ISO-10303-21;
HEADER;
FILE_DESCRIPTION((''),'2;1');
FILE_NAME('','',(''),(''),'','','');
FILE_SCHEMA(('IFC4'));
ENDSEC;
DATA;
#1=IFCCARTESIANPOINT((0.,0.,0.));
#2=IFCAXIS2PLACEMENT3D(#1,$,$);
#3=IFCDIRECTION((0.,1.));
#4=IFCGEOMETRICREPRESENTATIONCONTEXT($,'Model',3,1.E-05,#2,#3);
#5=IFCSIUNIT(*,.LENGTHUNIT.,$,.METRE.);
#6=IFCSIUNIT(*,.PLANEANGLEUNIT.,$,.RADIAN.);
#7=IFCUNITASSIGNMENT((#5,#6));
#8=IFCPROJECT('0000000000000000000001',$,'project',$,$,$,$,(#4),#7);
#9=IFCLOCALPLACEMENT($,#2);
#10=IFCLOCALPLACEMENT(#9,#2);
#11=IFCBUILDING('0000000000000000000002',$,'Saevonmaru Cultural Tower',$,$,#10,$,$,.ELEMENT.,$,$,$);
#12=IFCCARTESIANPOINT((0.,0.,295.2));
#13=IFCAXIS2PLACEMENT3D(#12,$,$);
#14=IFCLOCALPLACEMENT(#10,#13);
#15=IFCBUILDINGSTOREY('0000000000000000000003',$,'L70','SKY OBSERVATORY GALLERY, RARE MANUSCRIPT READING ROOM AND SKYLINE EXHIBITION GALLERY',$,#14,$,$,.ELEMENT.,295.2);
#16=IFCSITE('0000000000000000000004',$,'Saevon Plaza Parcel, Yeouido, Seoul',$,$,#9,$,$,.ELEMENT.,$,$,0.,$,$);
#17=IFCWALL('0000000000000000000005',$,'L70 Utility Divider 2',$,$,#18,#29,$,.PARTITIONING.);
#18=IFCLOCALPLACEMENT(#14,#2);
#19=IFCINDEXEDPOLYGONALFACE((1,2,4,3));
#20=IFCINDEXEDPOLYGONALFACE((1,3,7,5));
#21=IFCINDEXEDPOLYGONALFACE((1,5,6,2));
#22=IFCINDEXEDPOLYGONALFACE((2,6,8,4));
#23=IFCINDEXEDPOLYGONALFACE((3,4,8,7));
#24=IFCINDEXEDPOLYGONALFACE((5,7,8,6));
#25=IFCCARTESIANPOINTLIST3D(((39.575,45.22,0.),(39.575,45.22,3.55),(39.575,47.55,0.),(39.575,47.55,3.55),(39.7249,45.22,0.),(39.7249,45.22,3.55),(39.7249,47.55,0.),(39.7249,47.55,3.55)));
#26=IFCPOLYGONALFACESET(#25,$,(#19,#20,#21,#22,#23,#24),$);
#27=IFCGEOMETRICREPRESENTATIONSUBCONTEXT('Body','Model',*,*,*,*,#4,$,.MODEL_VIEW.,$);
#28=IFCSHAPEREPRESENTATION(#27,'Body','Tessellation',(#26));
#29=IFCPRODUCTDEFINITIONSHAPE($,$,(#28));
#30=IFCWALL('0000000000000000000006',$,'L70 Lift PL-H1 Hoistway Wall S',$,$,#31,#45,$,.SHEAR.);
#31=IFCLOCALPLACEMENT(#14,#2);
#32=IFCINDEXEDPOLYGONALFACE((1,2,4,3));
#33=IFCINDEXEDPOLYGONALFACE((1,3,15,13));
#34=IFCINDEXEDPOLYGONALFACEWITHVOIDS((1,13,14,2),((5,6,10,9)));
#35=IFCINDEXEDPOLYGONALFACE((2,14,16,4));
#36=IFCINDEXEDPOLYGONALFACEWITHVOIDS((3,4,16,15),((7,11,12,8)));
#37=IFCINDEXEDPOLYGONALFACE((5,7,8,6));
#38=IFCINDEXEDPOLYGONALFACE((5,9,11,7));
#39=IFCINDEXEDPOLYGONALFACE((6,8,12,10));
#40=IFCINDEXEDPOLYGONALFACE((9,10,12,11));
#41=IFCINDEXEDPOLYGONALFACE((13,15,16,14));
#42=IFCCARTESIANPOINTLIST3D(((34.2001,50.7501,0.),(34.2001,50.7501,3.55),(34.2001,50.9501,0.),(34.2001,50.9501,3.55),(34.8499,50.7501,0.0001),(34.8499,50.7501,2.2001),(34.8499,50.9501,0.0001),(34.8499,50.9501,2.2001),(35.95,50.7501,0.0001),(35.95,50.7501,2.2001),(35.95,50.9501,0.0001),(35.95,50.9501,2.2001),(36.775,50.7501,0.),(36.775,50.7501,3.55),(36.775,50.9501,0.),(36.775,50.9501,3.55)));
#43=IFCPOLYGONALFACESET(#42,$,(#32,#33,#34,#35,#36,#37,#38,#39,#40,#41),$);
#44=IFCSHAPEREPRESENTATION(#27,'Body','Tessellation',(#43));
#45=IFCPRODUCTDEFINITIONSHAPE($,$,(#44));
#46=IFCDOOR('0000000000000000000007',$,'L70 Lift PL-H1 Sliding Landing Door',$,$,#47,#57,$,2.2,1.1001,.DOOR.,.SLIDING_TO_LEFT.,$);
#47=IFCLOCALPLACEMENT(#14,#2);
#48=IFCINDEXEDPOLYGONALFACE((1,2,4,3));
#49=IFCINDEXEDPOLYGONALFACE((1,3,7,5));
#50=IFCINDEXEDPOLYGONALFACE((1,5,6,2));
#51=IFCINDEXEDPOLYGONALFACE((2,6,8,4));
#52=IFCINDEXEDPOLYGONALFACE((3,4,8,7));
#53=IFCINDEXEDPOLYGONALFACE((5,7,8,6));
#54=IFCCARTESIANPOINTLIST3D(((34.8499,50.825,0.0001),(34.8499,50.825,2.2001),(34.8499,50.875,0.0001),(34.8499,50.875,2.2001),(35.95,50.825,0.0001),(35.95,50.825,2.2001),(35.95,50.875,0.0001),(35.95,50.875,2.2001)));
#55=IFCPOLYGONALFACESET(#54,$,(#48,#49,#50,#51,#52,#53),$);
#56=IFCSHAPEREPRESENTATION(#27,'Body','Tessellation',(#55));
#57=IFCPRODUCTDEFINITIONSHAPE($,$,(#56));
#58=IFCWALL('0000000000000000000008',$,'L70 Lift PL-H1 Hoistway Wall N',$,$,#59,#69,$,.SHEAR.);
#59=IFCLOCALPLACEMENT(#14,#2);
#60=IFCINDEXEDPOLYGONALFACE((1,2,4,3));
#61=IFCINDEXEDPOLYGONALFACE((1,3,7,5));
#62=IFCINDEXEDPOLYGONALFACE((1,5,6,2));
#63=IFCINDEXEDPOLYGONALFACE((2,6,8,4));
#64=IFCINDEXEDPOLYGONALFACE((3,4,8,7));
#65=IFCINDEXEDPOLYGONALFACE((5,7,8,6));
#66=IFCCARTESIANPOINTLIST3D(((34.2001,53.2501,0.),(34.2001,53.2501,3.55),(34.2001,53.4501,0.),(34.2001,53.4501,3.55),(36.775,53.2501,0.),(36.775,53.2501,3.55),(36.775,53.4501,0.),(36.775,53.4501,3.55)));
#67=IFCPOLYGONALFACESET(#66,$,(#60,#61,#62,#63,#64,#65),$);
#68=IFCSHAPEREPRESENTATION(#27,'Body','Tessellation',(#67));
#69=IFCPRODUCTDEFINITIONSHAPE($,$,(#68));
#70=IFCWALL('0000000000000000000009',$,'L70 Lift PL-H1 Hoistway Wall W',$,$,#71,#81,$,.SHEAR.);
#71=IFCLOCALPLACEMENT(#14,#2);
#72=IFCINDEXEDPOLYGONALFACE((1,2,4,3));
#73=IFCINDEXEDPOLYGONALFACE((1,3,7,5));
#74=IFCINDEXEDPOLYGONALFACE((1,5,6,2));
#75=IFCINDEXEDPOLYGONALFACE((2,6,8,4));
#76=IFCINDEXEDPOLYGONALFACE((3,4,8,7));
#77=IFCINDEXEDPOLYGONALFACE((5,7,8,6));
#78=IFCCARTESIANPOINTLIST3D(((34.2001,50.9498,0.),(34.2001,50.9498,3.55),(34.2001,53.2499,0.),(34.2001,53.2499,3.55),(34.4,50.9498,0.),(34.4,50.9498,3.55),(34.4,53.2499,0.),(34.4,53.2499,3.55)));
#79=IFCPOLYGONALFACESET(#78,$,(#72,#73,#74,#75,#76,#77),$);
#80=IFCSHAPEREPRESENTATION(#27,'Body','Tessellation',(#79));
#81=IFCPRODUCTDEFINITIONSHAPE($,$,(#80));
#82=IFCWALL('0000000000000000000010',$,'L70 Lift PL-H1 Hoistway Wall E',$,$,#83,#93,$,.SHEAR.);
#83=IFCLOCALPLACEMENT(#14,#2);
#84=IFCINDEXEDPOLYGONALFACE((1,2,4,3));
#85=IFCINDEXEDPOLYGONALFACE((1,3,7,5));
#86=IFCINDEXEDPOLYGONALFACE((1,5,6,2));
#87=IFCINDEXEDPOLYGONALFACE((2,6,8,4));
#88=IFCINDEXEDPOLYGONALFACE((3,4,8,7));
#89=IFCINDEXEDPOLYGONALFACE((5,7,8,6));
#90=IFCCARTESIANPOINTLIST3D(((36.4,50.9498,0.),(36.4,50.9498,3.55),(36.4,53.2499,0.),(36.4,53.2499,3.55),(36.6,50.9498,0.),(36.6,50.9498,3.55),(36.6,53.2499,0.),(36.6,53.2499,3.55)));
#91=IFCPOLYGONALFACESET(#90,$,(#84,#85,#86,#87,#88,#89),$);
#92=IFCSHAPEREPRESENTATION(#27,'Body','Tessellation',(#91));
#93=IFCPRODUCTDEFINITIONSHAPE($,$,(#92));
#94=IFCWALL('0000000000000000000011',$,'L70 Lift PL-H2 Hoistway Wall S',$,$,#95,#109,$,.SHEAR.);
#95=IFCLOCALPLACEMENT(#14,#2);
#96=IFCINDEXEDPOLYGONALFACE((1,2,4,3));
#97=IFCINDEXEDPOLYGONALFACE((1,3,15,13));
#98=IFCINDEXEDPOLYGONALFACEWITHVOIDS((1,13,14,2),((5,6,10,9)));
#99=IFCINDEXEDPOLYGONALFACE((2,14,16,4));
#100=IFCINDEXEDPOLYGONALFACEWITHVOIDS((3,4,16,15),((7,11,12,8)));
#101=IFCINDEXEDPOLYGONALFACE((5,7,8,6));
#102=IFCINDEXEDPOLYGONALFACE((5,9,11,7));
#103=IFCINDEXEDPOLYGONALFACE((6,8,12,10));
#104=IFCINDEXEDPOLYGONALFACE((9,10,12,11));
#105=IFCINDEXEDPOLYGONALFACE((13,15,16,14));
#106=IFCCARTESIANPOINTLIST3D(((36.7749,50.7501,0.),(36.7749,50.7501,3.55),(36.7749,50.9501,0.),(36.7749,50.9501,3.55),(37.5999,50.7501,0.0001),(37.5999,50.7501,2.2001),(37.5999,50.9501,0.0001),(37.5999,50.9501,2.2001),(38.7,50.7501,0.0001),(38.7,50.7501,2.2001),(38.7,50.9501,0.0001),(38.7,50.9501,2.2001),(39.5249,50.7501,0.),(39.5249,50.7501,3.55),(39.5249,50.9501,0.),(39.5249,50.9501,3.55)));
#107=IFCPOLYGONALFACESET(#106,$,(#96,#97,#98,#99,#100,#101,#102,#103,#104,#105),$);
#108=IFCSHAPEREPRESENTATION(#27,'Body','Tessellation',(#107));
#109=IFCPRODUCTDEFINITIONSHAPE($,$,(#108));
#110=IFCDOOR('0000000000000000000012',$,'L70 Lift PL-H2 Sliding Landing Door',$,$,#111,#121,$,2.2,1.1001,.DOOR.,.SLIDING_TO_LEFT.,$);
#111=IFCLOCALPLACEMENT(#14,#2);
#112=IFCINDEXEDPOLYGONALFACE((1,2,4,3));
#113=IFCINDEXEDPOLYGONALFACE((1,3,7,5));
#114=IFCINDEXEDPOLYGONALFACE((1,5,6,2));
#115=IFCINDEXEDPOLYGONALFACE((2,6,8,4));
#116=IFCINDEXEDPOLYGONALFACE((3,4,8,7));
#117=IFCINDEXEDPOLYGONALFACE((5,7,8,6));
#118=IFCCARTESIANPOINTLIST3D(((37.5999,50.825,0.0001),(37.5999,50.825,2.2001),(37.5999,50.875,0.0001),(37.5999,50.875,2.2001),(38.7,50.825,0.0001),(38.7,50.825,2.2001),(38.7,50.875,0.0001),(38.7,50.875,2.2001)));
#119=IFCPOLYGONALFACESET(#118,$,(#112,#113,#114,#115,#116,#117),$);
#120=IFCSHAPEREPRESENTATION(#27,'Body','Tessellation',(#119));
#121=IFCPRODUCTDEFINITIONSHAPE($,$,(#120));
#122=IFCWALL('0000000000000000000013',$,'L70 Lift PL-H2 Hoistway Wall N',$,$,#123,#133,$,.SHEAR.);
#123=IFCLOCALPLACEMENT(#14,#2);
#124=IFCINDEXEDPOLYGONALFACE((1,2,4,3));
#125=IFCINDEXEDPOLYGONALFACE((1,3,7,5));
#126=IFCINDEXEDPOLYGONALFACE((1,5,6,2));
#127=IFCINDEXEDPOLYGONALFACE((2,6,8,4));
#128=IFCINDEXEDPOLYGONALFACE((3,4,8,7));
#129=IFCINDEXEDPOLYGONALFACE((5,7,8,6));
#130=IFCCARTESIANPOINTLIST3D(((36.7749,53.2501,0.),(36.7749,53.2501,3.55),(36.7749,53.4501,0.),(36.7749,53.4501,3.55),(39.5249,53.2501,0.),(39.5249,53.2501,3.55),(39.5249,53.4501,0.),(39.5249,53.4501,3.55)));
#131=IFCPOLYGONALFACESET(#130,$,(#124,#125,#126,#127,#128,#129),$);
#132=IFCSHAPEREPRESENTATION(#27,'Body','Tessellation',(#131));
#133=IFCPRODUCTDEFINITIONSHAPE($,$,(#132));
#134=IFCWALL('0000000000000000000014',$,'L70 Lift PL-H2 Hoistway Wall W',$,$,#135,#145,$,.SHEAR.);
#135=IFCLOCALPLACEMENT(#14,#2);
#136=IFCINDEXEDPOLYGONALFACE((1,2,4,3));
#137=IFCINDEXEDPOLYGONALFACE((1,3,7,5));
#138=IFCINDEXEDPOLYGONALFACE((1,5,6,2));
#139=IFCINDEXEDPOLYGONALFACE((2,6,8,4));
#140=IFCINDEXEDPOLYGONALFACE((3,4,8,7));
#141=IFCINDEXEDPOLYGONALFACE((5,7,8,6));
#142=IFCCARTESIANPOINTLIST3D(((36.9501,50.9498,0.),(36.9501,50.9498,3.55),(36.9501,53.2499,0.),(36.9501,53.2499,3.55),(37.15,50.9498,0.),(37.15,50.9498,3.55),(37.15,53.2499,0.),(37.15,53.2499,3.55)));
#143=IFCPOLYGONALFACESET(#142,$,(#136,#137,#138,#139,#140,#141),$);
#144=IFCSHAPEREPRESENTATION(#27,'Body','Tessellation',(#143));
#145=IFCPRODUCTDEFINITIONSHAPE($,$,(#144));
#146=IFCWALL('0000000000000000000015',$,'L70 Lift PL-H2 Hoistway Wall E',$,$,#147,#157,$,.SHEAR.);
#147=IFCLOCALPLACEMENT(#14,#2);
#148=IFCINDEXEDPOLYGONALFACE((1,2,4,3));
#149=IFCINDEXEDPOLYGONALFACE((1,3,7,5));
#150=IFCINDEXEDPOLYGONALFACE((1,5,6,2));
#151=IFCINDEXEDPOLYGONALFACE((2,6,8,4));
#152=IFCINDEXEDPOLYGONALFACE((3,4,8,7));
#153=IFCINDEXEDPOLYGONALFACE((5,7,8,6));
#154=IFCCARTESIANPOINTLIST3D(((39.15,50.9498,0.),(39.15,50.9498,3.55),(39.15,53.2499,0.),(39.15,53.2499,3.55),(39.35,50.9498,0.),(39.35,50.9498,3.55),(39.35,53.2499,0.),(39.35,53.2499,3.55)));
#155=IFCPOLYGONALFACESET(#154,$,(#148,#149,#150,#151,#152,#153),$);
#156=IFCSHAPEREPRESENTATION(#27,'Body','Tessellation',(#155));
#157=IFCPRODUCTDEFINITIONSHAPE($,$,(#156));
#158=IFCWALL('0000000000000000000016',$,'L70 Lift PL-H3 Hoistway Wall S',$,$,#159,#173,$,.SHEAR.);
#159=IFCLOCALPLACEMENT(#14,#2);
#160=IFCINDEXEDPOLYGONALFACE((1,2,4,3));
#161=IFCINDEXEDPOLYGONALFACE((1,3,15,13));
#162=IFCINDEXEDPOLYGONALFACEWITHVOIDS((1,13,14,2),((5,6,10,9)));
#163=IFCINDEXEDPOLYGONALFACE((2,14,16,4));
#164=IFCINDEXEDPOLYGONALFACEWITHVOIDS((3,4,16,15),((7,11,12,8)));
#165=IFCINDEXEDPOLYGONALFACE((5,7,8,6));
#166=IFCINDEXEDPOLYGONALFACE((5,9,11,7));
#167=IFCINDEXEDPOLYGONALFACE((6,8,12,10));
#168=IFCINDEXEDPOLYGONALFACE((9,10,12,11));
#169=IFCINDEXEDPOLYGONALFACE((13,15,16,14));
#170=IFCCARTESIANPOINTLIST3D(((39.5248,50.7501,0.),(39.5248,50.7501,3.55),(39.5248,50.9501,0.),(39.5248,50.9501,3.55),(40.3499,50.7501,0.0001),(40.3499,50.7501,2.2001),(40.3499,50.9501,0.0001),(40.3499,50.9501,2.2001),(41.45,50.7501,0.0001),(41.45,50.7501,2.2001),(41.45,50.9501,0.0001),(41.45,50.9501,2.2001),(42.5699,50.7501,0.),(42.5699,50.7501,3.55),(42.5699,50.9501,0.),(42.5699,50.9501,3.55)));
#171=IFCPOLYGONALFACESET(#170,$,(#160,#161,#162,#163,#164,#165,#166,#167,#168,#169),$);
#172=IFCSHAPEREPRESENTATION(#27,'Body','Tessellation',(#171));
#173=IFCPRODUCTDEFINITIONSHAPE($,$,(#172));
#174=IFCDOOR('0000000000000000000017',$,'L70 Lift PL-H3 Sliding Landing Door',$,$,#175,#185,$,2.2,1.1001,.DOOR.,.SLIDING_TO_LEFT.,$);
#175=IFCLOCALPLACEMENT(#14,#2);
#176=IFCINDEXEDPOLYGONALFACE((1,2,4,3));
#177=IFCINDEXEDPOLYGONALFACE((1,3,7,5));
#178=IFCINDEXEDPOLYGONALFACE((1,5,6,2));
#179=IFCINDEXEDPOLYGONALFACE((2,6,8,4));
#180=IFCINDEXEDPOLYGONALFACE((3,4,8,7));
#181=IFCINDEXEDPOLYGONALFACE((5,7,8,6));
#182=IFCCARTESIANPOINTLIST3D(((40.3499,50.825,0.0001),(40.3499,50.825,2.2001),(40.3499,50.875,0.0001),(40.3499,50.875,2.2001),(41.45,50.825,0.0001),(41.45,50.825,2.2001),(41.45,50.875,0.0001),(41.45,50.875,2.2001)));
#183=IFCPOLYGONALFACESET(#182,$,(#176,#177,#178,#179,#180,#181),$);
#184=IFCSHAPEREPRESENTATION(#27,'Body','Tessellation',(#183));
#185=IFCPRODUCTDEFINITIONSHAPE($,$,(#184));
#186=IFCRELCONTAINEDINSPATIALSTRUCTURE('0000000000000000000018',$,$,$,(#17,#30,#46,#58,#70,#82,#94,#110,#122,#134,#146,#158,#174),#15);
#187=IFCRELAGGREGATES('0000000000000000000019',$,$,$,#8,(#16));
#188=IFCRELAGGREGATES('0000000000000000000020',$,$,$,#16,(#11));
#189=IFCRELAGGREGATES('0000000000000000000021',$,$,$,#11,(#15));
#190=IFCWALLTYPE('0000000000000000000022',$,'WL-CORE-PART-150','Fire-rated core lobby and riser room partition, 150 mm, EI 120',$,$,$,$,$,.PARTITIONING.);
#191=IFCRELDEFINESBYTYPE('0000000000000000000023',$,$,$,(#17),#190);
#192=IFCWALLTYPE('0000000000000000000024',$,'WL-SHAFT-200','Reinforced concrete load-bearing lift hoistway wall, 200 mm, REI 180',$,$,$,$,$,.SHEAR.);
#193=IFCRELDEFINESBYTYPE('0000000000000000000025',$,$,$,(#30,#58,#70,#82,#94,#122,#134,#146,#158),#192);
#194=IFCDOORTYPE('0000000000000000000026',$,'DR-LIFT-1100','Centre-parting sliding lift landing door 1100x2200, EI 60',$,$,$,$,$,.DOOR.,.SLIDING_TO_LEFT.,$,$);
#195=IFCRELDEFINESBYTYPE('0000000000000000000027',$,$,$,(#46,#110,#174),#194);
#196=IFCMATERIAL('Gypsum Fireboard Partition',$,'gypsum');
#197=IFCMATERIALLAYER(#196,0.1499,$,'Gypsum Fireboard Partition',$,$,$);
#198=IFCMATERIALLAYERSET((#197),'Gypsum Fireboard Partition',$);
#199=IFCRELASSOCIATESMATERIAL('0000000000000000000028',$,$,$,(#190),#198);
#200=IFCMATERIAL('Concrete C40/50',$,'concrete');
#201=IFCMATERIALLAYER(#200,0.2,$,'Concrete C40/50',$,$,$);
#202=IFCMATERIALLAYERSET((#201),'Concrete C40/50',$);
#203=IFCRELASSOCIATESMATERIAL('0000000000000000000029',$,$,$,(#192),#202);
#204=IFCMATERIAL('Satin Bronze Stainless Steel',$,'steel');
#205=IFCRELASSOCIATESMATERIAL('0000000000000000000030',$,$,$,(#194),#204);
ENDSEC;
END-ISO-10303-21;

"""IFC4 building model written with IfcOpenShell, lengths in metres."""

from ifc_helpers import new_model, si_unit, direction, frame, frame_2d, origin, place, context, subcontext, project, spatial, rectangle, extrude, material, layer, layer_set, type_object, element, fill, save


model = new_model("IFC4")

# Units and contexts
model_context = context("Model", 3, precision=1e-05, world=origin(), true_north=direction((0.0, 1.0)))
body_context = subcontext(model_context, "Body", "Model", "MODEL_VIEW")
ifc_project = project(units=[si_unit("LENGTHUNIT", "METRE"), si_unit("PLANEANGLEUNIT", "RADIAN")], contexts=[model_context])

# Site, building, storey
site_placement = place(None, origin())
site = spatial("IfcSite", under=ifc_project, at=site_placement, Name="Saevon Plaza Parcel, Yeouido, Seoul", CompositionType="ELEMENT", RefElevation=0.0)
building_placement = place(site_placement, origin())
building = spatial("IfcBuilding", under=site, at=building_placement, Name="Saevonmaru Cultural Tower", CompositionType="ELEMENT")
storey_placement = place(building_placement, frame((0.0, 0.0, 295.2)))
storey = spatial("IfcBuildingStorey", under=building, at=storey_placement, Name="L70", Description="SKY OBSERVATORY GALLERY, RARE MANUSCRIPT READING ROOM AND SKYLINE EXHIBITION GALLERY", CompositionType="ELEMENT", Elevation=295.2)

# Shared definitions
ifc_material_1 = material(Name="Gypsum Fireboard Partition", Category="gypsum")
ifc_layer_1 = layer(ifc_material_1, 0.1499, Name="Gypsum Fireboard Partition")
ifc_layer_set_1 = layer_set([ifc_layer_1], Name="Gypsum Fireboard Partition")
wall_type_1 = type_object("IfcWallType", Name="WL-CORE-PART-150", Description="Fire-rated core lobby and riser room partition, 150 mm, EI 120", PredefinedType="PARTITIONING", material=ifc_layer_set_1)

# Wall
for number, where, z_axis, x_axis, name in (
    (1, (39.6499, 45.22, 0.0), (0.0, 0.0, 1.0), (0.0, 1.0, 0.0), "L70 Utility Divider 2"),
):
    element("IfcWall", number, at=place(storey_placement, frame(where, z_axis=z_axis, x_axis=x_axis)), inside=storey, type_object=wall_type_1, Name=name, PredefinedType="PARTITIONING", context=body_context, shape_type="SweptSolid", body=[
        extrude(rectangle(XDim=2.3301, YDim=0.1499, at=frame_2d((1.165, 0.0))), origin(), (0.0, 0.0, 1.0), 3.55),
    ])

# Wall, opening, door
ifc_material_2 = material(Name="Concrete C40/50", Category="concrete")
ifc_layer_2 = layer(ifc_material_2, 0.2, Name="Concrete C40/50")
ifc_layer_set_2 = layer_set([ifc_layer_2], Name="Concrete C40/50")
wall_type_2 = type_object("IfcWallType", Name="WL-SHAFT-200", Description="Reinforced concrete load-bearing lift hoistway wall, 200 mm, REI 180", PredefinedType="SHEAR", material=ifc_layer_set_2)
wall_1_placement = place(storey_placement, frame((34.2, 50.8501, 0.0), z_axis=(0.0, 0.0, 1.0), x_axis=(1.0, 0.0, 0.0)))
wall_1 = element("IfcWall", 2, at=wall_1_placement, inside=storey, type_object=wall_type_2, Name="L70 Lift PL-H1 Hoistway Wall S", PredefinedType="SHEAR", context=body_context, shape_type="SweptSolid", body=[
    extrude(rectangle(XDim=2.575, YDim=0.2, at=frame_2d((1.2876, 0.0))), origin(), (0.0, 0.0, 1.0), 3.55),
])
opening_1_placement = place(wall_1_placement, frame((0.6499, 0.0, 0.0)))
opening_1 = element("IfcOpeningElement", 3, at=opening_1_placement, cuts=wall_1, PredefinedType="OPENING", context=body_context, shape_type="SweptSolid", body=[
    extrude(rectangle(XDim=1.1001, YDim=2.2, at=frame_2d((0.55, 1.1001))), frame((0.0, 0.1099, 0.0), z_axis=(0.0, -1.0, 0.0), x_axis=(1.0, 0.0, 0.0)), (0.0, 0.0, 1.0), 0.22),
])
ifc_material_3 = material(Name="Satin Bronze Stainless Steel", Category="steel")
door_type_1 = type_object("IfcDoorType", Name="DR-LIFT-1100", Description="Centre-parting sliding lift landing door 1100x2200, EI 60", OperationType="SLIDING_TO_LEFT", PredefinedType="DOOR", material=ifc_material_3)
door_1_placement = place(opening_1_placement, origin())
door_1 = element("IfcDoor", 4, at=door_1_placement, inside=storey, type_object=door_type_1, Name="L70 Lift PL-H1 Sliding Landing Door", OperationType="SLIDING_TO_LEFT", OverallHeight=2.2, OverallWidth=1.1001, PredefinedType="DOOR", context=body_context, shape_type="SweptSolid", body=[
    extrude(rectangle(XDim=1.1001, YDim=2.2, at=frame_2d((0.55, 1.1001))), frame((0.0, 0.0249, 0.0), z_axis=(0.0, -1.0, 0.0), x_axis=(1.0, 0.0, 0.0)), (0.0, 0.0, 1.0), 0.05),
])
fill(opening_1, door_1)

# Walls
wall_2_placement = place(storey_placement, frame((34.2, 53.3501, 0.0), z_axis=(0.0, 0.0, 1.0), x_axis=(1.0, 0.0, 0.0)))
element("IfcWall", 5, at=wall_2_placement, inside=storey, type_object=wall_type_2, Name="L70 Lift PL-H1 Hoistway Wall N", PredefinedType="SHEAR", context=body_context, shape_type="SweptSolid", body=[
    extrude(rectangle(XDim=2.575, YDim=0.2, at=frame_2d((1.2876, 0.0))), origin(), (0.0, 0.0, 1.0), 3.55),
])
for number, where, z_axis, x_axis, name in (
    (6, (34.3, 50.95, 0.0), (0.0, 0.0, 1.0), (0.0, 1.0, 0.0), "L70 Lift PL-H1 Hoistway Wall W"),
    (7, (36.5, 50.95, 0.0), (0.0, 0.0, 1.0), (0.0, 1.0, 0.0), "L70 Lift PL-H1 Hoistway Wall E"),
):
    element("IfcWall", number, at=place(storey_placement, frame(where, z_axis=z_axis, x_axis=x_axis)), inside=storey, type_object=wall_type_2, Name=name, PredefinedType="SHEAR", context=body_context, shape_type="SweptSolid", body=[
        extrude(rectangle(XDim=2.3, YDim=0.2, at=frame_2d((1.1499, 0.0))), origin(), (0.0, 0.0, 1.0), 3.55),
    ])

# Wall, opening, door
wall_3_placement = place(storey_placement, frame((36.7749, 50.8501, 0.0), z_axis=(0.0, 0.0, 1.0), x_axis=(1.0, 0.0, 0.0)))
wall_3 = element("IfcWall", 8, at=wall_3_placement, inside=storey, type_object=wall_type_2, Name="L70 Lift PL-H2 Hoistway Wall S", PredefinedType="SHEAR", context=body_context, shape_type="SweptSolid", body=[
    extrude(rectangle(XDim=2.75, YDim=0.2, at=frame_2d((1.375, 0.0))), origin(), (0.0, 0.0, 1.0), 3.55),
])
opening_2_placement = place(wall_3_placement, frame((0.825, 0.0, 0.0)))
opening_2 = element("IfcOpeningElement", 9, at=opening_2_placement, cuts=wall_3, PredefinedType="OPENING", context=body_context, shape_type="SweptSolid", body=[
    extrude(rectangle(XDim=1.1001, YDim=2.2, at=frame_2d((0.55, 1.1001))), frame((0.0, 0.1099, 0.0), z_axis=(0.0, -1.0, 0.0), x_axis=(1.0, 0.0, 0.0)), (0.0, 0.0, 1.0), 0.22),
])
door_2_placement = place(opening_2_placement, origin())
door_2 = element("IfcDoor", 10, at=door_2_placement, inside=storey, type_object=door_type_1, Name="L70 Lift PL-H2 Sliding Landing Door", OperationType="SLIDING_TO_LEFT", OverallHeight=2.2, OverallWidth=1.1001, PredefinedType="DOOR", context=body_context, shape_type="SweptSolid", body=[
    extrude(rectangle(XDim=1.1001, YDim=2.2, at=frame_2d((0.55, 1.1001))), frame((0.0, 0.0249, 0.0), z_axis=(0.0, -1.0, 0.0), x_axis=(1.0, 0.0, 0.0)), (0.0, 0.0, 1.0), 0.05),
])
fill(opening_2, door_2)

# Walls
wall_4_placement = place(storey_placement, frame((36.7749, 53.3501, 0.0), z_axis=(0.0, 0.0, 1.0), x_axis=(1.0, 0.0, 0.0)))
element("IfcWall", 11, at=wall_4_placement, inside=storey, type_object=wall_type_2, Name="L70 Lift PL-H2 Hoistway Wall N", PredefinedType="SHEAR", context=body_context, shape_type="SweptSolid", body=[
    extrude(rectangle(XDim=2.75, YDim=0.2, at=frame_2d((1.375, 0.0))), origin(), (0.0, 0.0, 1.0), 3.55),
])
for number, where, z_axis, x_axis, name in (
    (12, (37.05, 50.95, 0.0), (0.0, 0.0, 1.0), (0.0, 1.0, 0.0), "L70 Lift PL-H2 Hoistway Wall W"),
    (13, (39.25, 50.95, 0.0), (0.0, 0.0, 1.0), (0.0, 1.0, 0.0), "L70 Lift PL-H2 Hoistway Wall E"),
):
    element("IfcWall", number, at=place(storey_placement, frame(where, z_axis=z_axis, x_axis=x_axis)), inside=storey, type_object=wall_type_2, Name=name, PredefinedType="SHEAR", context=body_context, shape_type="SweptSolid", body=[
        extrude(rectangle(XDim=2.3, YDim=0.2, at=frame_2d((1.1499, 0.0))), origin(), (0.0, 0.0, 1.0), 3.55),
    ])

# Wall, opening, door
wall_5_placement = place(storey_placement, frame((39.5249, 50.8501, 0.0), z_axis=(0.0, 0.0, 1.0), x_axis=(1.0, 0.0, 0.0)))
wall_5 = element("IfcWall", 14, at=wall_5_placement, inside=storey, type_object=wall_type_2, Name="L70 Lift PL-H3 Hoistway Wall S", PredefinedType="SHEAR", context=body_context, shape_type="SweptSolid", body=[
    extrude(rectangle(XDim=3.0452, YDim=0.2, at=frame_2d((1.5225, 0.0))), origin(), (0.0, 0.0, 1.0), 3.55),
])
opening_3_placement = place(wall_5_placement, frame((0.825, 0.0, 0.0)))
opening_3 = element("IfcOpeningElement", 15, at=opening_3_placement, cuts=wall_5, PredefinedType="OPENING", context=body_context, shape_type="SweptSolid", body=[
    extrude(rectangle(XDim=1.1001, YDim=2.2, at=frame_2d((0.55, 1.1001))), frame((0.0, 0.1099, 0.0), z_axis=(0.0, -1.0, 0.0), x_axis=(1.0, 0.0, 0.0)), (0.0, 0.0, 1.0), 0.22),
])
door_3_placement = place(opening_3_placement, origin())
door_3 = element("IfcDoor", 16, at=door_3_placement, inside=storey, type_object=door_type_1, Name="L70 Lift PL-H3 Sliding Landing Door", OperationType="SLIDING_TO_LEFT", OverallHeight=2.2, OverallWidth=1.1001, PredefinedType="DOOR", context=body_context, shape_type="SweptSolid", body=[
    extrude(rectangle(XDim=1.1001, YDim=2.2, at=frame_2d((0.55, 1.1001))), frame((0.0, 0.0249, 0.0), z_axis=(0.0, -1.0, 0.0), x_axis=(1.0, 0.0, 0.0)), (0.0, 0.0, 1.0), 0.05),
])
fill(opening_3, door_3)

save(model, "model.ifc")
